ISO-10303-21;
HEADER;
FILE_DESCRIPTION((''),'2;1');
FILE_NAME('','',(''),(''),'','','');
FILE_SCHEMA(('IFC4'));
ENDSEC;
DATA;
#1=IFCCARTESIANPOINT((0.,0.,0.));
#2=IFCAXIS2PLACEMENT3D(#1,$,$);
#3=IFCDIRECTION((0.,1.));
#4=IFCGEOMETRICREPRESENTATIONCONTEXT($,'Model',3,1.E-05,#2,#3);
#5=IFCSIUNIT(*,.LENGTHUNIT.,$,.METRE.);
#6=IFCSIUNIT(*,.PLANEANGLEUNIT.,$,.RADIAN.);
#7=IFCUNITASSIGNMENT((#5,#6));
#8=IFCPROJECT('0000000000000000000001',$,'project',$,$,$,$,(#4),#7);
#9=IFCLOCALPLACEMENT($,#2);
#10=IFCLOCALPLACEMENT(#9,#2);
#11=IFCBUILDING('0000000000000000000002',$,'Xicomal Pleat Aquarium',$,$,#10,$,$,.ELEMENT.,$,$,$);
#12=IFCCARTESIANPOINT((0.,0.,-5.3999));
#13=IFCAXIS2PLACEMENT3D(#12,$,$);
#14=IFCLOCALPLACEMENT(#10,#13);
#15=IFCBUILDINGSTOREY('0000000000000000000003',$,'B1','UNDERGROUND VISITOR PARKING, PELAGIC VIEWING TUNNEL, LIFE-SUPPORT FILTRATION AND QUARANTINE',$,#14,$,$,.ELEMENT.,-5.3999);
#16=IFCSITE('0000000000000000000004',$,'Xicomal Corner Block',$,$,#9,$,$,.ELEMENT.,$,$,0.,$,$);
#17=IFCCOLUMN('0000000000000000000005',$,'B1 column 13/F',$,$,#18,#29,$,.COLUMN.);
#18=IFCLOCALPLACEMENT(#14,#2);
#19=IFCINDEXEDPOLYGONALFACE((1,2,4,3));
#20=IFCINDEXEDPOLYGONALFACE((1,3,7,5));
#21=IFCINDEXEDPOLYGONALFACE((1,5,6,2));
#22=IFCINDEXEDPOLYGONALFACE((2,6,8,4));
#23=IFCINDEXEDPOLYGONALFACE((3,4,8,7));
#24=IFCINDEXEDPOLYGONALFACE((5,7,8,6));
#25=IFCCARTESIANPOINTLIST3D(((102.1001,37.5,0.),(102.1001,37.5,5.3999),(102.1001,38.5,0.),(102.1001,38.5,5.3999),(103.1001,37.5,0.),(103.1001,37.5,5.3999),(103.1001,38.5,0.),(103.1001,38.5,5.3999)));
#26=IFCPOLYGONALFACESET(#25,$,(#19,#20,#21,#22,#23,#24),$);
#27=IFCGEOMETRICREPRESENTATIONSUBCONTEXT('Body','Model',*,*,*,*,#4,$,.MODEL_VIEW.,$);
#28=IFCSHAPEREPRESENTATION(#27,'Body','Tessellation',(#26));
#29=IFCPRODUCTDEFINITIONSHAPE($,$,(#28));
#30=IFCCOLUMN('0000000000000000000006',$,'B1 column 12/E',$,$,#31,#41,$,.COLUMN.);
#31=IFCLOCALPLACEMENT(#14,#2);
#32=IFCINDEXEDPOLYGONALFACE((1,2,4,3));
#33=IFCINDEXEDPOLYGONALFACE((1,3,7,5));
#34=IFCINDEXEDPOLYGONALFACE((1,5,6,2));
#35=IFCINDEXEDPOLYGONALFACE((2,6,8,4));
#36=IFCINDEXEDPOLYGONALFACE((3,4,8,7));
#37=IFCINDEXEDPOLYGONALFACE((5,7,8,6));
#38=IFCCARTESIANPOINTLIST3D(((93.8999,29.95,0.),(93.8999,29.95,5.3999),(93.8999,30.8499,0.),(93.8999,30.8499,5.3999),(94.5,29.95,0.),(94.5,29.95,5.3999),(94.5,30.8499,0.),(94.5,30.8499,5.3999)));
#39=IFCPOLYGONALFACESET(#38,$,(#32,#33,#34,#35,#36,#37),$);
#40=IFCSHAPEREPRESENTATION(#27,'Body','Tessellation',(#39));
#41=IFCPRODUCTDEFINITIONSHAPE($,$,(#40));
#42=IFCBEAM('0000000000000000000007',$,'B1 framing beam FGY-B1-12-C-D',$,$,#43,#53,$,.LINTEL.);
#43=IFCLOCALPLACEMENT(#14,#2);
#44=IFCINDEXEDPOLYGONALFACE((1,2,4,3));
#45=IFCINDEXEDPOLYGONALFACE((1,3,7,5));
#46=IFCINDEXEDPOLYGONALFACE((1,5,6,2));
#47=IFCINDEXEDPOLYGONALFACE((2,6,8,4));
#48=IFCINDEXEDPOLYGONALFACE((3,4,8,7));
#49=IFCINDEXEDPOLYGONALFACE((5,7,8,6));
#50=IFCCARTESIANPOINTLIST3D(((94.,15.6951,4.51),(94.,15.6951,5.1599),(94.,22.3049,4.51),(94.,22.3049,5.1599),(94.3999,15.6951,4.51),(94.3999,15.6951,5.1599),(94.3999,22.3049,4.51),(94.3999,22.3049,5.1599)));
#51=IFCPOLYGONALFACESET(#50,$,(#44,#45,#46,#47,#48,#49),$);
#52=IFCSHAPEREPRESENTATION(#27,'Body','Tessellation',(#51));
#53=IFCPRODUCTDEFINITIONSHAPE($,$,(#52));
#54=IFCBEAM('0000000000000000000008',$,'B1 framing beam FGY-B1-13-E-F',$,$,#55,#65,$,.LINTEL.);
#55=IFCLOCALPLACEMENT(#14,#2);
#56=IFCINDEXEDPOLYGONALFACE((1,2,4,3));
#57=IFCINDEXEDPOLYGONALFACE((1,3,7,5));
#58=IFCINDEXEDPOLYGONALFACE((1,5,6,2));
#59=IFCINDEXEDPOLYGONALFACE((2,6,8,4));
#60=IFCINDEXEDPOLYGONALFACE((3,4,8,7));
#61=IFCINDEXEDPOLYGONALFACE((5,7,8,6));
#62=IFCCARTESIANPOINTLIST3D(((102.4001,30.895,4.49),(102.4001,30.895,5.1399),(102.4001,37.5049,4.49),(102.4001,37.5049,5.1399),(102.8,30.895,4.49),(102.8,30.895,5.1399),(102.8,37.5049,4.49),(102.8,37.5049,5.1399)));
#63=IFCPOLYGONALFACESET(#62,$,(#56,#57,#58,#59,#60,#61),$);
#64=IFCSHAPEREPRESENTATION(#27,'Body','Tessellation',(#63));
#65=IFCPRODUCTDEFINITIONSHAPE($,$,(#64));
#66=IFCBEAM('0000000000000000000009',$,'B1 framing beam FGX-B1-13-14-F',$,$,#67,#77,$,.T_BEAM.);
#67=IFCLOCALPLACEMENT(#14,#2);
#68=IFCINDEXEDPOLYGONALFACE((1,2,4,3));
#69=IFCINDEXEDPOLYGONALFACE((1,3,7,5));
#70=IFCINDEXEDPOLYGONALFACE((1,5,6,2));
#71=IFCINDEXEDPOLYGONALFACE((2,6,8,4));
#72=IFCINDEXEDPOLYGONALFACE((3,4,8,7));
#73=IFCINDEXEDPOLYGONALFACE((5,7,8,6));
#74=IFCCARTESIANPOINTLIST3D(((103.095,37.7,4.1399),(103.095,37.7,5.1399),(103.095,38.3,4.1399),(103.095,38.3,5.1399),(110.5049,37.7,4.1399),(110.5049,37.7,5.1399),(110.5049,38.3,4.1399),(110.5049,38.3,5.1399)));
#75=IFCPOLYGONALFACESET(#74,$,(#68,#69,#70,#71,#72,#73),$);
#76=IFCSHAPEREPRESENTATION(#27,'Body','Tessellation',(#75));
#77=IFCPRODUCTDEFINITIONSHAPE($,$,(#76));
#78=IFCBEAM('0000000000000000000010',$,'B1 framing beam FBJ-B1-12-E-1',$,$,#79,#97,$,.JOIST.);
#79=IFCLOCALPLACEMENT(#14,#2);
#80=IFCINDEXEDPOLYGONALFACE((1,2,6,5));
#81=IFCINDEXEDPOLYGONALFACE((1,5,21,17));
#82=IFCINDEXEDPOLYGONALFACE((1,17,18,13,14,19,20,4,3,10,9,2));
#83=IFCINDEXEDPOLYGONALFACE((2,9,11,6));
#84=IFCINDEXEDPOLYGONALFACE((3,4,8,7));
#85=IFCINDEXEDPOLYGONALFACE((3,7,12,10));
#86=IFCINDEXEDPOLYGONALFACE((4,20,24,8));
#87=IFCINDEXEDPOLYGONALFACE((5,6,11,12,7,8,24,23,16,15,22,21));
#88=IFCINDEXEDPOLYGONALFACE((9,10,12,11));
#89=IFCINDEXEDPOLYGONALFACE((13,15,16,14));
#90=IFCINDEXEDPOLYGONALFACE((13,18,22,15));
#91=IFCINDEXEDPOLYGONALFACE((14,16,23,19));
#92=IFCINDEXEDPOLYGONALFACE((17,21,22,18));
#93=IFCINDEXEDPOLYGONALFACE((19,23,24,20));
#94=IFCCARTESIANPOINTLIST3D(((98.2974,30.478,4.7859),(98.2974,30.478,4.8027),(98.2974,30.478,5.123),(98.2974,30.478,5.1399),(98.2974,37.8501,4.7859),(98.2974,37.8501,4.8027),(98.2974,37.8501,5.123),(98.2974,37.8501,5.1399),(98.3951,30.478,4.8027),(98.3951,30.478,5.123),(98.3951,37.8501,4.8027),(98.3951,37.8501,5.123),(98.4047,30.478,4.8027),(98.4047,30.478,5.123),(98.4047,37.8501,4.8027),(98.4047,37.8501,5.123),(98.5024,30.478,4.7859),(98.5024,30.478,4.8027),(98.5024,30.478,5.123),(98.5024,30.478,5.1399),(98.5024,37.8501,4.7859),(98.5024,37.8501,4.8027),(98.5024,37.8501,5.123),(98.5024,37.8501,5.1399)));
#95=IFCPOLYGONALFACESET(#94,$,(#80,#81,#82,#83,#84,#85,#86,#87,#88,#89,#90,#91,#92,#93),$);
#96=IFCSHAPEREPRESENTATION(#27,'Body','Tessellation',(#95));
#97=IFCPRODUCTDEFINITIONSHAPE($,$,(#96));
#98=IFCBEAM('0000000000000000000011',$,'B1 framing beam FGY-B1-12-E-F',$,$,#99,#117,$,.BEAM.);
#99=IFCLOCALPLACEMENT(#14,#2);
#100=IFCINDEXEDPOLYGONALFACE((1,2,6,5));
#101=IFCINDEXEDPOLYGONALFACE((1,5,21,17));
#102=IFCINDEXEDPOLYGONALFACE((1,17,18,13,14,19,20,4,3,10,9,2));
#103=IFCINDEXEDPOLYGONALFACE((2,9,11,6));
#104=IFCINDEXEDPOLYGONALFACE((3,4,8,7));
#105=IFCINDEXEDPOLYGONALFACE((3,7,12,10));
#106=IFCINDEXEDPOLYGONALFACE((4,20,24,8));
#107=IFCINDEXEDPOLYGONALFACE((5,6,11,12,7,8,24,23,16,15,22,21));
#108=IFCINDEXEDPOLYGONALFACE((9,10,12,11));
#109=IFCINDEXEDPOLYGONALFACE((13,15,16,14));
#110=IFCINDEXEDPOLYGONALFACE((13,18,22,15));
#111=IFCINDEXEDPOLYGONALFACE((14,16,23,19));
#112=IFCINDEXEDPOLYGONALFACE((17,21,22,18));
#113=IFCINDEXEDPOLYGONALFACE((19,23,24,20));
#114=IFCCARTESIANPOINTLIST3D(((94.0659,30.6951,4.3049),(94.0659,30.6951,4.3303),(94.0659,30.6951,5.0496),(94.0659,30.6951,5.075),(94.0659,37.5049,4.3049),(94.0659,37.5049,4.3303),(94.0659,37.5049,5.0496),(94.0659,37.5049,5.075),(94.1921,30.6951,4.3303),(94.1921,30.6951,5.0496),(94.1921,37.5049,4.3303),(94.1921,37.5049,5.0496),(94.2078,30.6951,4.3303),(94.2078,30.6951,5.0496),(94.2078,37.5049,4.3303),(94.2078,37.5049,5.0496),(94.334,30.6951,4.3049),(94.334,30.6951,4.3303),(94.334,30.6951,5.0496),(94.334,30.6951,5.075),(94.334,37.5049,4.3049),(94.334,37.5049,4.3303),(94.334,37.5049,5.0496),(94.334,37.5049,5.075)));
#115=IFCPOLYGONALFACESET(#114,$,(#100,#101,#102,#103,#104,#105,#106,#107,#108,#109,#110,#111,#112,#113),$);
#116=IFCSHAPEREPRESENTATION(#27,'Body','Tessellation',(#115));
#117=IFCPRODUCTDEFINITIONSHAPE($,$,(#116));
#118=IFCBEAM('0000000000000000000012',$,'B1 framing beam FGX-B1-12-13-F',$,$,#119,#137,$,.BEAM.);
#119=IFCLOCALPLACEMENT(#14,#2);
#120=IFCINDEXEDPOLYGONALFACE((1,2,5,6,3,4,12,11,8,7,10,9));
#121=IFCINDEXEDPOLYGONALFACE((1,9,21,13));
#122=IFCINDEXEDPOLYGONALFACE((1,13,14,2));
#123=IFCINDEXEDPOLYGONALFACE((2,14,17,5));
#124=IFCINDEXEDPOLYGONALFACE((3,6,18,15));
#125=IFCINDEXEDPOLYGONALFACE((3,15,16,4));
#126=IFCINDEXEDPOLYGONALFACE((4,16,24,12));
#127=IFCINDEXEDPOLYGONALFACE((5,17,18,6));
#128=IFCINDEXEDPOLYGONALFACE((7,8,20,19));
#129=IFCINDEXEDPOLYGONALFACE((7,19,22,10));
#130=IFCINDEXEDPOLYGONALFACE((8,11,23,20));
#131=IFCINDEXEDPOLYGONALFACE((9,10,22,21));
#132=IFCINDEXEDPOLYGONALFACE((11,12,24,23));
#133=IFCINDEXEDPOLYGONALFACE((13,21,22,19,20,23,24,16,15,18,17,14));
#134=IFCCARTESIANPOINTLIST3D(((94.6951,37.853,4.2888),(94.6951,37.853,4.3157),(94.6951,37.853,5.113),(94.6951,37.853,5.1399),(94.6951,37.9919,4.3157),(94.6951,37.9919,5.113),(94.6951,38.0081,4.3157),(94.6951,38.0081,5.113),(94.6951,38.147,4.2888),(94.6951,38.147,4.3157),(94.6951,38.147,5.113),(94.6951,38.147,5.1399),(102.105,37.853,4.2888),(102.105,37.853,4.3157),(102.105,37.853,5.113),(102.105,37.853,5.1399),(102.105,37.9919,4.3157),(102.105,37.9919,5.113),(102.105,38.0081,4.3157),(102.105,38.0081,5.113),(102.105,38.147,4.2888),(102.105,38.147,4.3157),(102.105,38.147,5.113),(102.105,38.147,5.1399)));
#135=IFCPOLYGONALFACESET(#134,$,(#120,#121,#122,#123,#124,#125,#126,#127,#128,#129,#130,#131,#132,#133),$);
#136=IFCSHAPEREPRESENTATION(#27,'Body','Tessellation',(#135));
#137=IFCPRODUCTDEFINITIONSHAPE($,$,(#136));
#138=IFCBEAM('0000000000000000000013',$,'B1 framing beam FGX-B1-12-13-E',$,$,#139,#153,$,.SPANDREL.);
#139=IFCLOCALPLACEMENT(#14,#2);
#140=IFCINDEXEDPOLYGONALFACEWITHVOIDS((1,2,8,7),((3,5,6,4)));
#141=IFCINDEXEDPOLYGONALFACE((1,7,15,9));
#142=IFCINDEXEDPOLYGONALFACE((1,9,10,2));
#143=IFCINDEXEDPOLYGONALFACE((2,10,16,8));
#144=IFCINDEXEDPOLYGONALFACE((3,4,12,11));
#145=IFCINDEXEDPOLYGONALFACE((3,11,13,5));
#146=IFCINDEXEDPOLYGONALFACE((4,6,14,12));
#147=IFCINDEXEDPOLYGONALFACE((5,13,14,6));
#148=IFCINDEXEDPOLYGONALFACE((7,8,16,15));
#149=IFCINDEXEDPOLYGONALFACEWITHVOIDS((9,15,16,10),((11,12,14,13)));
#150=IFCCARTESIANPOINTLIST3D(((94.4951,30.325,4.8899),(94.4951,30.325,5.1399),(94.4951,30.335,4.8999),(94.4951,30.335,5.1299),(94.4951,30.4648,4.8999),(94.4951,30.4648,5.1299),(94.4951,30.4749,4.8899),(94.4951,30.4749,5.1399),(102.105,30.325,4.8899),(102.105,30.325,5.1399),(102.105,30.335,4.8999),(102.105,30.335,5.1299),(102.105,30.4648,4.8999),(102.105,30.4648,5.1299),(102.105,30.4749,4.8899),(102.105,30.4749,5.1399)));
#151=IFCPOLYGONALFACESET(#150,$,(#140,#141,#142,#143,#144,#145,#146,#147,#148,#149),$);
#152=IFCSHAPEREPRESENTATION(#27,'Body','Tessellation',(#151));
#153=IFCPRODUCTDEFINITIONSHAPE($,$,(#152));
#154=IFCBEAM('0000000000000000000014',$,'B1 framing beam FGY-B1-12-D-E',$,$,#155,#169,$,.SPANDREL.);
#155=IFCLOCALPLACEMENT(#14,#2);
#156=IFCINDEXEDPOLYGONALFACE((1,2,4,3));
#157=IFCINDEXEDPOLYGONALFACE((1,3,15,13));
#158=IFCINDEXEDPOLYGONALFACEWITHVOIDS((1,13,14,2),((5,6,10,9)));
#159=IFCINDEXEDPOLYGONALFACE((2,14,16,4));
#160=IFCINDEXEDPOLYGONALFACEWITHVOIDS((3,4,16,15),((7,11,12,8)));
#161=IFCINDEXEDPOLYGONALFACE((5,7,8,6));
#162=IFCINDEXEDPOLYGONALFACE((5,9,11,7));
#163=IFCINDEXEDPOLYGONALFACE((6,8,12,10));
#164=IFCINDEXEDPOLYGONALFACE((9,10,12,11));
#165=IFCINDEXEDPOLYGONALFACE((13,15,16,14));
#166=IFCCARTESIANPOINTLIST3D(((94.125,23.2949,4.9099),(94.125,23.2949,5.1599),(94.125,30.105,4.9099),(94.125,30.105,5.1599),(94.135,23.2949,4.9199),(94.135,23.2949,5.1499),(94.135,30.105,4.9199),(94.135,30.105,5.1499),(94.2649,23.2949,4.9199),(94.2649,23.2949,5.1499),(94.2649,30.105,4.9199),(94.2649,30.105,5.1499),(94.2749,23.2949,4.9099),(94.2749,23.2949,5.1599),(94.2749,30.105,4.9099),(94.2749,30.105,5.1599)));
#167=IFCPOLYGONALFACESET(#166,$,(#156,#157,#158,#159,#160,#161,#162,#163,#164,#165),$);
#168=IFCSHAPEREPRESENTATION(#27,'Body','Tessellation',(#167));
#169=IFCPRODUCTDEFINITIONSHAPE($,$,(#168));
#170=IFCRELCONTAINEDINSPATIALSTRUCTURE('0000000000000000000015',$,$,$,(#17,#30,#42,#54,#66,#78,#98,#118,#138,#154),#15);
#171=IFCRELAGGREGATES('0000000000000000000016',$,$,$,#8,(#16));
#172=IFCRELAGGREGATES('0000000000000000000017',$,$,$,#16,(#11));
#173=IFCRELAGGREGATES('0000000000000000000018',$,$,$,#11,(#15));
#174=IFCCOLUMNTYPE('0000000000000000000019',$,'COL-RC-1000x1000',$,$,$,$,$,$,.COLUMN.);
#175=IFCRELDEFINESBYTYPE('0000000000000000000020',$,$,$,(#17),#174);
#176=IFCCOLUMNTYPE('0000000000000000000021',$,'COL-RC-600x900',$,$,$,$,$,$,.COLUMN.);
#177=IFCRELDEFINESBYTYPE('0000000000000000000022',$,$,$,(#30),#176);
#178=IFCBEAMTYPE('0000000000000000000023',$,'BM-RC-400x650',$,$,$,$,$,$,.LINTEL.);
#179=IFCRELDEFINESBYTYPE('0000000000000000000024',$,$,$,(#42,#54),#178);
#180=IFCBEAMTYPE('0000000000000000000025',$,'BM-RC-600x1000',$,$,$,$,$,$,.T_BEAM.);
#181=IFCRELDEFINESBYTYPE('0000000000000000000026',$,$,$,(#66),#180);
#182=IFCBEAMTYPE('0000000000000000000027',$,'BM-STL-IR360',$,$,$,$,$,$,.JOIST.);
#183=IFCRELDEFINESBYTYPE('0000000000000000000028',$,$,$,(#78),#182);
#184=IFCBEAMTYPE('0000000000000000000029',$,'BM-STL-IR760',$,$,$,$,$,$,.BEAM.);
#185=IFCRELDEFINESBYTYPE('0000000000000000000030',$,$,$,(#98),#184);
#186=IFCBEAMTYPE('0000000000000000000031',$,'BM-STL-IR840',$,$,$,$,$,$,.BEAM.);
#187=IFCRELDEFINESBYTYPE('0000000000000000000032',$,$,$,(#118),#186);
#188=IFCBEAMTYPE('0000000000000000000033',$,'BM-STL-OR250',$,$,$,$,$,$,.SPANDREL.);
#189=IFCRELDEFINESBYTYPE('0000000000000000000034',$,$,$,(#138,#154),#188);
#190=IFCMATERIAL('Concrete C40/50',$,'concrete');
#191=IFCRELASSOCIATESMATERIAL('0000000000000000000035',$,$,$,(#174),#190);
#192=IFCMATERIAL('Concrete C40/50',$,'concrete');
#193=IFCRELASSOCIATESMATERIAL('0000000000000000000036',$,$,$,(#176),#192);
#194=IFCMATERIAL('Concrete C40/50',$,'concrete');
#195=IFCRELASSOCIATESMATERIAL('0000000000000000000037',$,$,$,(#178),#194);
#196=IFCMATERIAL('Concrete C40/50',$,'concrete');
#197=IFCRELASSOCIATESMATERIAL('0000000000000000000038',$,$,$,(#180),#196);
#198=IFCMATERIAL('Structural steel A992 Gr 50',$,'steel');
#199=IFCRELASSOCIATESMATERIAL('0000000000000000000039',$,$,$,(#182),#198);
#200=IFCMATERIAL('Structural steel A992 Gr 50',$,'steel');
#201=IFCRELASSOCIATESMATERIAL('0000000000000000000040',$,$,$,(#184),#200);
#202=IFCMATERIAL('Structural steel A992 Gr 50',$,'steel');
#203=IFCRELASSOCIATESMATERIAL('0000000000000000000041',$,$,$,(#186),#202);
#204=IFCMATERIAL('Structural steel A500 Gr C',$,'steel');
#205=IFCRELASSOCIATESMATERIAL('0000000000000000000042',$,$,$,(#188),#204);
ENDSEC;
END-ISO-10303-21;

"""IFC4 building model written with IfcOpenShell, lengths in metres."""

from ifc_helpers import new_model, si_unit, direction, frame, origin, origin_2d, place, context, subcontext, project, spatial, rectangle, hollow_rectangle, i_section, extrude, material, material_profile, profile_set, type_object, element, save


model = new_model("IFC4")

# Units and contexts
model_context = context("Model", 3, precision=1e-05, world=origin(), true_north=direction((0.0, 1.0)))
body_context = subcontext(model_context, "Body", "Model", "MODEL_VIEW")
ifc_project = project(units=[si_unit("LENGTHUNIT", "METRE"), si_unit("PLANEANGLEUNIT", "RADIAN")], contexts=[model_context])

# Site, building, storey
site_placement = place(None, origin())
site = spatial("IfcSite", under=ifc_project, at=site_placement, Name="Xicomal Corner Block", CompositionType="ELEMENT", RefElevation=0.0)
building_placement = place(site_placement, origin())
building = spatial("IfcBuilding", under=site, at=building_placement, Name="Xicomal Pleat Aquarium", CompositionType="ELEMENT")
storey_placement = place(building_placement, frame((0.0, 0.0, -5.3999)))
storey = spatial("IfcBuildingStorey", under=building, at=storey_placement, Name="B1", Description="UNDERGROUND VISITOR PARKING, PELAGIC VIEWING TUNNEL, LIFE-SUPPORT FILTRATION AND QUARANTINE", CompositionType="ELEMENT", Elevation=-5.3999)

# Columns
ifc_material_1 = material(Name="Concrete C40/50", Category="concrete")
ifc_material_profile_1 = material_profile(ifc_material_1, rectangle(XDim=1.0, YDim=1.0, at=origin_2d()), Name="RC 1000x1000")
ifc_profile_set_1 = profile_set([ifc_material_profile_1], Name="Concrete C40/50")
column_type_1 = type_object("IfcColumnType", Name="COL-RC-1000x1000", PredefinedType="COLUMN", material=ifc_profile_set_1)
column_1_placement = place(storey_placement, frame((102.6001, 38.0, 0.0), z_axis=(0.0, 0.0, 1.0), x_axis=(1.0, 0.0, 0.0)))
element("IfcColumn", 1, at=column_1_placement, inside=storey, type_object=column_type_1, Name="B1 column 13/F", PredefinedType="COLUMN", context=body_context, shape_type="SweptSolid", body=[
    extrude(rectangle(XDim=1.0, YDim=1.0, at=origin_2d()), origin(), (0.0, 0.0, 1.0), 5.3999),
])
ifc_material_2 = material(Name="Concrete C40/50", Category="concrete")
ifc_material_profile_2 = material_profile(ifc_material_2, rectangle(XDim=0.6001, YDim=0.8999, at=origin_2d()), Name="RC 600x900")
ifc_profile_set_2 = profile_set([ifc_material_profile_2], Name="Concrete C40/50")
column_type_2 = type_object("IfcColumnType", Name="COL-RC-600x900", PredefinedType="COLUMN", material=ifc_profile_set_2)
column_2_placement = place(storey_placement, frame((94.2, 30.3999, 0.0), z_axis=(0.0, 0.0, 1.0), x_axis=(1.0, 0.0, 0.0)))
element("IfcColumn", 2, at=column_2_placement, inside=storey, type_object=column_type_2, Name="B1 column 12/E", PredefinedType="COLUMN", context=body_context, shape_type="SweptSolid", body=[
    extrude(rectangle(XDim=0.6001, YDim=0.8999, at=origin_2d()), origin(), (0.0, 0.0, 1.0), 5.3999),
])

# Beams
ifc_material_3 = material(Name="Concrete C40/50", Category="concrete")
ifc_material_profile_3 = material_profile(ifc_material_3, rectangle(XDim=0.3999, YDim=0.6499, at=origin_2d()), Name="RC 400x650")
ifc_profile_set_3 = profile_set([ifc_material_profile_3], Name="Concrete C40/50")
beam_type_1 = type_object("IfcBeamType", Name="BM-RC-400x650", PredefinedType="LINTEL", material=ifc_profile_set_3)
for number, where, z_axis, x_axis, name in (
    (3, (94.2, 15.6951, 4.835), (0.0, 1.0, 0.0), (-1.0, 0.0, 0.0), "B1 framing beam FGY-B1-12-C-D"),
    (4, (102.6001, 30.895, 4.8149), (0.0, 1.0, 0.0), (-1.0, 0.0, 0.0), "B1 framing beam FGY-B1-13-E-F"),
):
    element("IfcBeam", number, at=place(storey_placement, frame(where, z_axis=z_axis, x_axis=x_axis)), inside=storey, type_object=beam_type_1, Name=name, PredefinedType="LINTEL", context=body_context, shape_type="SweptSolid", body=[
        extrude(rectangle(XDim=0.3999, YDim=0.6499, at=origin_2d()), origin(), (0.0, 0.0, 1.0), 6.6099),
    ])
ifc_material_4 = material(Name="Concrete C40/50", Category="concrete")
ifc_material_profile_4 = material_profile(ifc_material_4, rectangle(XDim=0.6001, YDim=1.0, at=origin_2d()), Name="RC 600x1000")
ifc_profile_set_4 = profile_set([ifc_material_profile_4], Name="Concrete C40/50")
beam_type_2 = type_object("IfcBeamType", Name="BM-RC-600x1000", PredefinedType="T_BEAM", material=ifc_profile_set_4)
beam_1_placement = place(storey_placement, frame((103.095, 38.0, 4.6399), z_axis=(1.0, 0.0, 0.0), x_axis=(0.0, 1.0, 0.0)))
element("IfcBeam", 5, at=beam_1_placement, inside=storey, type_object=beam_type_2, Name="B1 framing beam FGX-B1-13-14-F", PredefinedType="T_BEAM", context=body_context, shape_type="SweptSolid", body=[
    extrude(rectangle(XDim=0.6001, YDim=1.0, at=origin_2d()), origin(), (0.0, 0.0, 1.0), 7.4099),
])
ifc_material_5 = material(Name="Structural steel A992 Gr 50", Category="steel")
ifc_material_profile_5 = material_profile(ifc_material_5, i_section(OverallWidth=0.2051, OverallDepth=0.354, WebThickness=0.0095, FlangeThickness=0.0168, at=origin_2d()), Name="IR 360x79")
ifc_profile_set_5 = profile_set([ifc_material_profile_5], Name="Structural steel A992 Gr 50")
beam_type_3 = type_object("IfcBeamType", Name="BM-STL-IR360", PredefinedType="JOIST", material=ifc_profile_set_5)
beam_2_placement = place(storey_placement, frame((98.3999, 30.478, 4.9629), z_axis=(0.0, 1.0, 0.0), x_axis=(-1.0, 0.0, 0.0)))
element("IfcBeam", 6, at=beam_2_placement, inside=storey, type_object=beam_type_3, Name="B1 framing beam FBJ-B1-12-E-1", PredefinedType="JOIST", context=body_context, shape_type="SweptSolid", body=[
    extrude(i_section(OverallWidth=0.2051, OverallDepth=0.354, WebThickness=0.0095, FlangeThickness=0.0168, at=origin_2d()), origin(), (0.0, 0.0, 1.0), 7.3721),
])
ifc_material_6 = material(Name="Structural steel A992 Gr 50", Category="steel")
ifc_material_profile_6 = material_profile(ifc_material_6, i_section(OverallWidth=0.2681, OverallDepth=0.77, WebThickness=0.0156, FlangeThickness=0.0254, at=origin_2d()), Name="IR 760x196")
ifc_profile_set_6 = profile_set([ifc_material_profile_6], Name="Structural steel A992 Gr 50")
beam_type_4 = type_object("IfcBeamType", Name="BM-STL-IR760", PredefinedType="BEAM", material=ifc_profile_set_6)
beam_3_placement = place(storey_placement, frame((94.2, 30.6951, 4.6899), z_axis=(0.0, 1.0, 0.0), x_axis=(-1.0, 0.0, 0.0)))
element("IfcBeam", 7, at=beam_3_placement, inside=storey, type_object=beam_type_4, Name="B1 framing beam FGY-B1-12-E-F", PredefinedType="BEAM", context=body_context, shape_type="SweptSolid", body=[
    extrude(i_section(OverallWidth=0.2681, OverallDepth=0.77, WebThickness=0.0156, FlangeThickness=0.0254, at=origin_2d()), origin(), (0.0, 0.0, 1.0), 6.8098),
])
ifc_material_7 = material(Name="Structural steel A992 Gr 50", Category="steel")
ifc_material_profile_7 = material_profile(ifc_material_7, i_section(OverallWidth=0.2939, OverallDepth=0.8511, WebThickness=0.0161, FlangeThickness=0.0269, at=origin_2d()), Name="IR 840x226")
ifc_profile_set_7 = profile_set([ifc_material_profile_7], Name="Structural steel A992 Gr 50")
beam_type_5 = type_object("IfcBeamType", Name="BM-STL-IR840", PredefinedType="BEAM", material=ifc_profile_set_7)
beam_4_placement = place(storey_placement, frame((94.6951, 38.0, 4.7144), z_axis=(1.0, 0.0, 0.0), x_axis=(0.0, 1.0, 0.0)))
element("IfcBeam", 8, at=beam_4_placement, inside=storey, type_object=beam_type_5, Name="B1 framing beam FGX-B1-12-13-F", PredefinedType="BEAM", context=body_context, shape_type="SweptSolid", body=[
    extrude(i_section(OverallWidth=0.2939, OverallDepth=0.8511, WebThickness=0.0161, FlangeThickness=0.0269, at=origin_2d()), origin(), (0.0, 0.0, 1.0), 7.4099),
])
ifc_material_8 = material(Name="Structural steel A500 Gr C", Category="steel")
ifc_material_profile_8 = material_profile(ifc_material_8, hollow_rectangle(XDim=0.1499, YDim=0.25, WallThickness=0.01, at=origin_2d()), Name="OR 250x150x10")
ifc_profile_set_8 = profile_set([ifc_material_profile_8], Name="Structural steel A500 Gr C")
beam_type_6 = type_object("IfcBeamType", Name="BM-STL-OR250", PredefinedType="SPANDREL", material=ifc_profile_set_8)
beam_5_placement = place(storey_placement, frame((94.4951, 30.3999, 5.0149), z_axis=(1.0, 0.0, 0.0), x_axis=(0.0, 1.0, 0.0)))
element("IfcBeam", 9, at=beam_5_placement, inside=storey, type_object=beam_type_6, Name="B1 framing beam FGX-B1-12-13-E", PredefinedType="SPANDREL", context=body_context, shape_type="SweptSolid", body=[
    extrude(hollow_rectangle(XDim=0.1499, YDim=0.25, WallThickness=0.01, at=origin_2d()), origin(), (0.0, 0.0, 1.0), 7.6099),
])
beam_6_placement = place(storey_placement, frame((94.2, 23.2949, 5.0349), z_axis=(0.0, 1.0, 0.0), x_axis=(-1.0, 0.0, 0.0)))
element("IfcBeam", 10, at=beam_6_placement, inside=storey, type_object=beam_type_6, Name="B1 framing beam FGY-B1-12-D-E", PredefinedType="SPANDREL", context=body_context, shape_type="SweptSolid", body=[
    extrude(hollow_rectangle(XDim=0.1499, YDim=0.25, WallThickness=0.01, at=origin_2d()), origin(), (0.0, 0.0, 1.0), 6.8101),
])

save(model, "model.ifc")
